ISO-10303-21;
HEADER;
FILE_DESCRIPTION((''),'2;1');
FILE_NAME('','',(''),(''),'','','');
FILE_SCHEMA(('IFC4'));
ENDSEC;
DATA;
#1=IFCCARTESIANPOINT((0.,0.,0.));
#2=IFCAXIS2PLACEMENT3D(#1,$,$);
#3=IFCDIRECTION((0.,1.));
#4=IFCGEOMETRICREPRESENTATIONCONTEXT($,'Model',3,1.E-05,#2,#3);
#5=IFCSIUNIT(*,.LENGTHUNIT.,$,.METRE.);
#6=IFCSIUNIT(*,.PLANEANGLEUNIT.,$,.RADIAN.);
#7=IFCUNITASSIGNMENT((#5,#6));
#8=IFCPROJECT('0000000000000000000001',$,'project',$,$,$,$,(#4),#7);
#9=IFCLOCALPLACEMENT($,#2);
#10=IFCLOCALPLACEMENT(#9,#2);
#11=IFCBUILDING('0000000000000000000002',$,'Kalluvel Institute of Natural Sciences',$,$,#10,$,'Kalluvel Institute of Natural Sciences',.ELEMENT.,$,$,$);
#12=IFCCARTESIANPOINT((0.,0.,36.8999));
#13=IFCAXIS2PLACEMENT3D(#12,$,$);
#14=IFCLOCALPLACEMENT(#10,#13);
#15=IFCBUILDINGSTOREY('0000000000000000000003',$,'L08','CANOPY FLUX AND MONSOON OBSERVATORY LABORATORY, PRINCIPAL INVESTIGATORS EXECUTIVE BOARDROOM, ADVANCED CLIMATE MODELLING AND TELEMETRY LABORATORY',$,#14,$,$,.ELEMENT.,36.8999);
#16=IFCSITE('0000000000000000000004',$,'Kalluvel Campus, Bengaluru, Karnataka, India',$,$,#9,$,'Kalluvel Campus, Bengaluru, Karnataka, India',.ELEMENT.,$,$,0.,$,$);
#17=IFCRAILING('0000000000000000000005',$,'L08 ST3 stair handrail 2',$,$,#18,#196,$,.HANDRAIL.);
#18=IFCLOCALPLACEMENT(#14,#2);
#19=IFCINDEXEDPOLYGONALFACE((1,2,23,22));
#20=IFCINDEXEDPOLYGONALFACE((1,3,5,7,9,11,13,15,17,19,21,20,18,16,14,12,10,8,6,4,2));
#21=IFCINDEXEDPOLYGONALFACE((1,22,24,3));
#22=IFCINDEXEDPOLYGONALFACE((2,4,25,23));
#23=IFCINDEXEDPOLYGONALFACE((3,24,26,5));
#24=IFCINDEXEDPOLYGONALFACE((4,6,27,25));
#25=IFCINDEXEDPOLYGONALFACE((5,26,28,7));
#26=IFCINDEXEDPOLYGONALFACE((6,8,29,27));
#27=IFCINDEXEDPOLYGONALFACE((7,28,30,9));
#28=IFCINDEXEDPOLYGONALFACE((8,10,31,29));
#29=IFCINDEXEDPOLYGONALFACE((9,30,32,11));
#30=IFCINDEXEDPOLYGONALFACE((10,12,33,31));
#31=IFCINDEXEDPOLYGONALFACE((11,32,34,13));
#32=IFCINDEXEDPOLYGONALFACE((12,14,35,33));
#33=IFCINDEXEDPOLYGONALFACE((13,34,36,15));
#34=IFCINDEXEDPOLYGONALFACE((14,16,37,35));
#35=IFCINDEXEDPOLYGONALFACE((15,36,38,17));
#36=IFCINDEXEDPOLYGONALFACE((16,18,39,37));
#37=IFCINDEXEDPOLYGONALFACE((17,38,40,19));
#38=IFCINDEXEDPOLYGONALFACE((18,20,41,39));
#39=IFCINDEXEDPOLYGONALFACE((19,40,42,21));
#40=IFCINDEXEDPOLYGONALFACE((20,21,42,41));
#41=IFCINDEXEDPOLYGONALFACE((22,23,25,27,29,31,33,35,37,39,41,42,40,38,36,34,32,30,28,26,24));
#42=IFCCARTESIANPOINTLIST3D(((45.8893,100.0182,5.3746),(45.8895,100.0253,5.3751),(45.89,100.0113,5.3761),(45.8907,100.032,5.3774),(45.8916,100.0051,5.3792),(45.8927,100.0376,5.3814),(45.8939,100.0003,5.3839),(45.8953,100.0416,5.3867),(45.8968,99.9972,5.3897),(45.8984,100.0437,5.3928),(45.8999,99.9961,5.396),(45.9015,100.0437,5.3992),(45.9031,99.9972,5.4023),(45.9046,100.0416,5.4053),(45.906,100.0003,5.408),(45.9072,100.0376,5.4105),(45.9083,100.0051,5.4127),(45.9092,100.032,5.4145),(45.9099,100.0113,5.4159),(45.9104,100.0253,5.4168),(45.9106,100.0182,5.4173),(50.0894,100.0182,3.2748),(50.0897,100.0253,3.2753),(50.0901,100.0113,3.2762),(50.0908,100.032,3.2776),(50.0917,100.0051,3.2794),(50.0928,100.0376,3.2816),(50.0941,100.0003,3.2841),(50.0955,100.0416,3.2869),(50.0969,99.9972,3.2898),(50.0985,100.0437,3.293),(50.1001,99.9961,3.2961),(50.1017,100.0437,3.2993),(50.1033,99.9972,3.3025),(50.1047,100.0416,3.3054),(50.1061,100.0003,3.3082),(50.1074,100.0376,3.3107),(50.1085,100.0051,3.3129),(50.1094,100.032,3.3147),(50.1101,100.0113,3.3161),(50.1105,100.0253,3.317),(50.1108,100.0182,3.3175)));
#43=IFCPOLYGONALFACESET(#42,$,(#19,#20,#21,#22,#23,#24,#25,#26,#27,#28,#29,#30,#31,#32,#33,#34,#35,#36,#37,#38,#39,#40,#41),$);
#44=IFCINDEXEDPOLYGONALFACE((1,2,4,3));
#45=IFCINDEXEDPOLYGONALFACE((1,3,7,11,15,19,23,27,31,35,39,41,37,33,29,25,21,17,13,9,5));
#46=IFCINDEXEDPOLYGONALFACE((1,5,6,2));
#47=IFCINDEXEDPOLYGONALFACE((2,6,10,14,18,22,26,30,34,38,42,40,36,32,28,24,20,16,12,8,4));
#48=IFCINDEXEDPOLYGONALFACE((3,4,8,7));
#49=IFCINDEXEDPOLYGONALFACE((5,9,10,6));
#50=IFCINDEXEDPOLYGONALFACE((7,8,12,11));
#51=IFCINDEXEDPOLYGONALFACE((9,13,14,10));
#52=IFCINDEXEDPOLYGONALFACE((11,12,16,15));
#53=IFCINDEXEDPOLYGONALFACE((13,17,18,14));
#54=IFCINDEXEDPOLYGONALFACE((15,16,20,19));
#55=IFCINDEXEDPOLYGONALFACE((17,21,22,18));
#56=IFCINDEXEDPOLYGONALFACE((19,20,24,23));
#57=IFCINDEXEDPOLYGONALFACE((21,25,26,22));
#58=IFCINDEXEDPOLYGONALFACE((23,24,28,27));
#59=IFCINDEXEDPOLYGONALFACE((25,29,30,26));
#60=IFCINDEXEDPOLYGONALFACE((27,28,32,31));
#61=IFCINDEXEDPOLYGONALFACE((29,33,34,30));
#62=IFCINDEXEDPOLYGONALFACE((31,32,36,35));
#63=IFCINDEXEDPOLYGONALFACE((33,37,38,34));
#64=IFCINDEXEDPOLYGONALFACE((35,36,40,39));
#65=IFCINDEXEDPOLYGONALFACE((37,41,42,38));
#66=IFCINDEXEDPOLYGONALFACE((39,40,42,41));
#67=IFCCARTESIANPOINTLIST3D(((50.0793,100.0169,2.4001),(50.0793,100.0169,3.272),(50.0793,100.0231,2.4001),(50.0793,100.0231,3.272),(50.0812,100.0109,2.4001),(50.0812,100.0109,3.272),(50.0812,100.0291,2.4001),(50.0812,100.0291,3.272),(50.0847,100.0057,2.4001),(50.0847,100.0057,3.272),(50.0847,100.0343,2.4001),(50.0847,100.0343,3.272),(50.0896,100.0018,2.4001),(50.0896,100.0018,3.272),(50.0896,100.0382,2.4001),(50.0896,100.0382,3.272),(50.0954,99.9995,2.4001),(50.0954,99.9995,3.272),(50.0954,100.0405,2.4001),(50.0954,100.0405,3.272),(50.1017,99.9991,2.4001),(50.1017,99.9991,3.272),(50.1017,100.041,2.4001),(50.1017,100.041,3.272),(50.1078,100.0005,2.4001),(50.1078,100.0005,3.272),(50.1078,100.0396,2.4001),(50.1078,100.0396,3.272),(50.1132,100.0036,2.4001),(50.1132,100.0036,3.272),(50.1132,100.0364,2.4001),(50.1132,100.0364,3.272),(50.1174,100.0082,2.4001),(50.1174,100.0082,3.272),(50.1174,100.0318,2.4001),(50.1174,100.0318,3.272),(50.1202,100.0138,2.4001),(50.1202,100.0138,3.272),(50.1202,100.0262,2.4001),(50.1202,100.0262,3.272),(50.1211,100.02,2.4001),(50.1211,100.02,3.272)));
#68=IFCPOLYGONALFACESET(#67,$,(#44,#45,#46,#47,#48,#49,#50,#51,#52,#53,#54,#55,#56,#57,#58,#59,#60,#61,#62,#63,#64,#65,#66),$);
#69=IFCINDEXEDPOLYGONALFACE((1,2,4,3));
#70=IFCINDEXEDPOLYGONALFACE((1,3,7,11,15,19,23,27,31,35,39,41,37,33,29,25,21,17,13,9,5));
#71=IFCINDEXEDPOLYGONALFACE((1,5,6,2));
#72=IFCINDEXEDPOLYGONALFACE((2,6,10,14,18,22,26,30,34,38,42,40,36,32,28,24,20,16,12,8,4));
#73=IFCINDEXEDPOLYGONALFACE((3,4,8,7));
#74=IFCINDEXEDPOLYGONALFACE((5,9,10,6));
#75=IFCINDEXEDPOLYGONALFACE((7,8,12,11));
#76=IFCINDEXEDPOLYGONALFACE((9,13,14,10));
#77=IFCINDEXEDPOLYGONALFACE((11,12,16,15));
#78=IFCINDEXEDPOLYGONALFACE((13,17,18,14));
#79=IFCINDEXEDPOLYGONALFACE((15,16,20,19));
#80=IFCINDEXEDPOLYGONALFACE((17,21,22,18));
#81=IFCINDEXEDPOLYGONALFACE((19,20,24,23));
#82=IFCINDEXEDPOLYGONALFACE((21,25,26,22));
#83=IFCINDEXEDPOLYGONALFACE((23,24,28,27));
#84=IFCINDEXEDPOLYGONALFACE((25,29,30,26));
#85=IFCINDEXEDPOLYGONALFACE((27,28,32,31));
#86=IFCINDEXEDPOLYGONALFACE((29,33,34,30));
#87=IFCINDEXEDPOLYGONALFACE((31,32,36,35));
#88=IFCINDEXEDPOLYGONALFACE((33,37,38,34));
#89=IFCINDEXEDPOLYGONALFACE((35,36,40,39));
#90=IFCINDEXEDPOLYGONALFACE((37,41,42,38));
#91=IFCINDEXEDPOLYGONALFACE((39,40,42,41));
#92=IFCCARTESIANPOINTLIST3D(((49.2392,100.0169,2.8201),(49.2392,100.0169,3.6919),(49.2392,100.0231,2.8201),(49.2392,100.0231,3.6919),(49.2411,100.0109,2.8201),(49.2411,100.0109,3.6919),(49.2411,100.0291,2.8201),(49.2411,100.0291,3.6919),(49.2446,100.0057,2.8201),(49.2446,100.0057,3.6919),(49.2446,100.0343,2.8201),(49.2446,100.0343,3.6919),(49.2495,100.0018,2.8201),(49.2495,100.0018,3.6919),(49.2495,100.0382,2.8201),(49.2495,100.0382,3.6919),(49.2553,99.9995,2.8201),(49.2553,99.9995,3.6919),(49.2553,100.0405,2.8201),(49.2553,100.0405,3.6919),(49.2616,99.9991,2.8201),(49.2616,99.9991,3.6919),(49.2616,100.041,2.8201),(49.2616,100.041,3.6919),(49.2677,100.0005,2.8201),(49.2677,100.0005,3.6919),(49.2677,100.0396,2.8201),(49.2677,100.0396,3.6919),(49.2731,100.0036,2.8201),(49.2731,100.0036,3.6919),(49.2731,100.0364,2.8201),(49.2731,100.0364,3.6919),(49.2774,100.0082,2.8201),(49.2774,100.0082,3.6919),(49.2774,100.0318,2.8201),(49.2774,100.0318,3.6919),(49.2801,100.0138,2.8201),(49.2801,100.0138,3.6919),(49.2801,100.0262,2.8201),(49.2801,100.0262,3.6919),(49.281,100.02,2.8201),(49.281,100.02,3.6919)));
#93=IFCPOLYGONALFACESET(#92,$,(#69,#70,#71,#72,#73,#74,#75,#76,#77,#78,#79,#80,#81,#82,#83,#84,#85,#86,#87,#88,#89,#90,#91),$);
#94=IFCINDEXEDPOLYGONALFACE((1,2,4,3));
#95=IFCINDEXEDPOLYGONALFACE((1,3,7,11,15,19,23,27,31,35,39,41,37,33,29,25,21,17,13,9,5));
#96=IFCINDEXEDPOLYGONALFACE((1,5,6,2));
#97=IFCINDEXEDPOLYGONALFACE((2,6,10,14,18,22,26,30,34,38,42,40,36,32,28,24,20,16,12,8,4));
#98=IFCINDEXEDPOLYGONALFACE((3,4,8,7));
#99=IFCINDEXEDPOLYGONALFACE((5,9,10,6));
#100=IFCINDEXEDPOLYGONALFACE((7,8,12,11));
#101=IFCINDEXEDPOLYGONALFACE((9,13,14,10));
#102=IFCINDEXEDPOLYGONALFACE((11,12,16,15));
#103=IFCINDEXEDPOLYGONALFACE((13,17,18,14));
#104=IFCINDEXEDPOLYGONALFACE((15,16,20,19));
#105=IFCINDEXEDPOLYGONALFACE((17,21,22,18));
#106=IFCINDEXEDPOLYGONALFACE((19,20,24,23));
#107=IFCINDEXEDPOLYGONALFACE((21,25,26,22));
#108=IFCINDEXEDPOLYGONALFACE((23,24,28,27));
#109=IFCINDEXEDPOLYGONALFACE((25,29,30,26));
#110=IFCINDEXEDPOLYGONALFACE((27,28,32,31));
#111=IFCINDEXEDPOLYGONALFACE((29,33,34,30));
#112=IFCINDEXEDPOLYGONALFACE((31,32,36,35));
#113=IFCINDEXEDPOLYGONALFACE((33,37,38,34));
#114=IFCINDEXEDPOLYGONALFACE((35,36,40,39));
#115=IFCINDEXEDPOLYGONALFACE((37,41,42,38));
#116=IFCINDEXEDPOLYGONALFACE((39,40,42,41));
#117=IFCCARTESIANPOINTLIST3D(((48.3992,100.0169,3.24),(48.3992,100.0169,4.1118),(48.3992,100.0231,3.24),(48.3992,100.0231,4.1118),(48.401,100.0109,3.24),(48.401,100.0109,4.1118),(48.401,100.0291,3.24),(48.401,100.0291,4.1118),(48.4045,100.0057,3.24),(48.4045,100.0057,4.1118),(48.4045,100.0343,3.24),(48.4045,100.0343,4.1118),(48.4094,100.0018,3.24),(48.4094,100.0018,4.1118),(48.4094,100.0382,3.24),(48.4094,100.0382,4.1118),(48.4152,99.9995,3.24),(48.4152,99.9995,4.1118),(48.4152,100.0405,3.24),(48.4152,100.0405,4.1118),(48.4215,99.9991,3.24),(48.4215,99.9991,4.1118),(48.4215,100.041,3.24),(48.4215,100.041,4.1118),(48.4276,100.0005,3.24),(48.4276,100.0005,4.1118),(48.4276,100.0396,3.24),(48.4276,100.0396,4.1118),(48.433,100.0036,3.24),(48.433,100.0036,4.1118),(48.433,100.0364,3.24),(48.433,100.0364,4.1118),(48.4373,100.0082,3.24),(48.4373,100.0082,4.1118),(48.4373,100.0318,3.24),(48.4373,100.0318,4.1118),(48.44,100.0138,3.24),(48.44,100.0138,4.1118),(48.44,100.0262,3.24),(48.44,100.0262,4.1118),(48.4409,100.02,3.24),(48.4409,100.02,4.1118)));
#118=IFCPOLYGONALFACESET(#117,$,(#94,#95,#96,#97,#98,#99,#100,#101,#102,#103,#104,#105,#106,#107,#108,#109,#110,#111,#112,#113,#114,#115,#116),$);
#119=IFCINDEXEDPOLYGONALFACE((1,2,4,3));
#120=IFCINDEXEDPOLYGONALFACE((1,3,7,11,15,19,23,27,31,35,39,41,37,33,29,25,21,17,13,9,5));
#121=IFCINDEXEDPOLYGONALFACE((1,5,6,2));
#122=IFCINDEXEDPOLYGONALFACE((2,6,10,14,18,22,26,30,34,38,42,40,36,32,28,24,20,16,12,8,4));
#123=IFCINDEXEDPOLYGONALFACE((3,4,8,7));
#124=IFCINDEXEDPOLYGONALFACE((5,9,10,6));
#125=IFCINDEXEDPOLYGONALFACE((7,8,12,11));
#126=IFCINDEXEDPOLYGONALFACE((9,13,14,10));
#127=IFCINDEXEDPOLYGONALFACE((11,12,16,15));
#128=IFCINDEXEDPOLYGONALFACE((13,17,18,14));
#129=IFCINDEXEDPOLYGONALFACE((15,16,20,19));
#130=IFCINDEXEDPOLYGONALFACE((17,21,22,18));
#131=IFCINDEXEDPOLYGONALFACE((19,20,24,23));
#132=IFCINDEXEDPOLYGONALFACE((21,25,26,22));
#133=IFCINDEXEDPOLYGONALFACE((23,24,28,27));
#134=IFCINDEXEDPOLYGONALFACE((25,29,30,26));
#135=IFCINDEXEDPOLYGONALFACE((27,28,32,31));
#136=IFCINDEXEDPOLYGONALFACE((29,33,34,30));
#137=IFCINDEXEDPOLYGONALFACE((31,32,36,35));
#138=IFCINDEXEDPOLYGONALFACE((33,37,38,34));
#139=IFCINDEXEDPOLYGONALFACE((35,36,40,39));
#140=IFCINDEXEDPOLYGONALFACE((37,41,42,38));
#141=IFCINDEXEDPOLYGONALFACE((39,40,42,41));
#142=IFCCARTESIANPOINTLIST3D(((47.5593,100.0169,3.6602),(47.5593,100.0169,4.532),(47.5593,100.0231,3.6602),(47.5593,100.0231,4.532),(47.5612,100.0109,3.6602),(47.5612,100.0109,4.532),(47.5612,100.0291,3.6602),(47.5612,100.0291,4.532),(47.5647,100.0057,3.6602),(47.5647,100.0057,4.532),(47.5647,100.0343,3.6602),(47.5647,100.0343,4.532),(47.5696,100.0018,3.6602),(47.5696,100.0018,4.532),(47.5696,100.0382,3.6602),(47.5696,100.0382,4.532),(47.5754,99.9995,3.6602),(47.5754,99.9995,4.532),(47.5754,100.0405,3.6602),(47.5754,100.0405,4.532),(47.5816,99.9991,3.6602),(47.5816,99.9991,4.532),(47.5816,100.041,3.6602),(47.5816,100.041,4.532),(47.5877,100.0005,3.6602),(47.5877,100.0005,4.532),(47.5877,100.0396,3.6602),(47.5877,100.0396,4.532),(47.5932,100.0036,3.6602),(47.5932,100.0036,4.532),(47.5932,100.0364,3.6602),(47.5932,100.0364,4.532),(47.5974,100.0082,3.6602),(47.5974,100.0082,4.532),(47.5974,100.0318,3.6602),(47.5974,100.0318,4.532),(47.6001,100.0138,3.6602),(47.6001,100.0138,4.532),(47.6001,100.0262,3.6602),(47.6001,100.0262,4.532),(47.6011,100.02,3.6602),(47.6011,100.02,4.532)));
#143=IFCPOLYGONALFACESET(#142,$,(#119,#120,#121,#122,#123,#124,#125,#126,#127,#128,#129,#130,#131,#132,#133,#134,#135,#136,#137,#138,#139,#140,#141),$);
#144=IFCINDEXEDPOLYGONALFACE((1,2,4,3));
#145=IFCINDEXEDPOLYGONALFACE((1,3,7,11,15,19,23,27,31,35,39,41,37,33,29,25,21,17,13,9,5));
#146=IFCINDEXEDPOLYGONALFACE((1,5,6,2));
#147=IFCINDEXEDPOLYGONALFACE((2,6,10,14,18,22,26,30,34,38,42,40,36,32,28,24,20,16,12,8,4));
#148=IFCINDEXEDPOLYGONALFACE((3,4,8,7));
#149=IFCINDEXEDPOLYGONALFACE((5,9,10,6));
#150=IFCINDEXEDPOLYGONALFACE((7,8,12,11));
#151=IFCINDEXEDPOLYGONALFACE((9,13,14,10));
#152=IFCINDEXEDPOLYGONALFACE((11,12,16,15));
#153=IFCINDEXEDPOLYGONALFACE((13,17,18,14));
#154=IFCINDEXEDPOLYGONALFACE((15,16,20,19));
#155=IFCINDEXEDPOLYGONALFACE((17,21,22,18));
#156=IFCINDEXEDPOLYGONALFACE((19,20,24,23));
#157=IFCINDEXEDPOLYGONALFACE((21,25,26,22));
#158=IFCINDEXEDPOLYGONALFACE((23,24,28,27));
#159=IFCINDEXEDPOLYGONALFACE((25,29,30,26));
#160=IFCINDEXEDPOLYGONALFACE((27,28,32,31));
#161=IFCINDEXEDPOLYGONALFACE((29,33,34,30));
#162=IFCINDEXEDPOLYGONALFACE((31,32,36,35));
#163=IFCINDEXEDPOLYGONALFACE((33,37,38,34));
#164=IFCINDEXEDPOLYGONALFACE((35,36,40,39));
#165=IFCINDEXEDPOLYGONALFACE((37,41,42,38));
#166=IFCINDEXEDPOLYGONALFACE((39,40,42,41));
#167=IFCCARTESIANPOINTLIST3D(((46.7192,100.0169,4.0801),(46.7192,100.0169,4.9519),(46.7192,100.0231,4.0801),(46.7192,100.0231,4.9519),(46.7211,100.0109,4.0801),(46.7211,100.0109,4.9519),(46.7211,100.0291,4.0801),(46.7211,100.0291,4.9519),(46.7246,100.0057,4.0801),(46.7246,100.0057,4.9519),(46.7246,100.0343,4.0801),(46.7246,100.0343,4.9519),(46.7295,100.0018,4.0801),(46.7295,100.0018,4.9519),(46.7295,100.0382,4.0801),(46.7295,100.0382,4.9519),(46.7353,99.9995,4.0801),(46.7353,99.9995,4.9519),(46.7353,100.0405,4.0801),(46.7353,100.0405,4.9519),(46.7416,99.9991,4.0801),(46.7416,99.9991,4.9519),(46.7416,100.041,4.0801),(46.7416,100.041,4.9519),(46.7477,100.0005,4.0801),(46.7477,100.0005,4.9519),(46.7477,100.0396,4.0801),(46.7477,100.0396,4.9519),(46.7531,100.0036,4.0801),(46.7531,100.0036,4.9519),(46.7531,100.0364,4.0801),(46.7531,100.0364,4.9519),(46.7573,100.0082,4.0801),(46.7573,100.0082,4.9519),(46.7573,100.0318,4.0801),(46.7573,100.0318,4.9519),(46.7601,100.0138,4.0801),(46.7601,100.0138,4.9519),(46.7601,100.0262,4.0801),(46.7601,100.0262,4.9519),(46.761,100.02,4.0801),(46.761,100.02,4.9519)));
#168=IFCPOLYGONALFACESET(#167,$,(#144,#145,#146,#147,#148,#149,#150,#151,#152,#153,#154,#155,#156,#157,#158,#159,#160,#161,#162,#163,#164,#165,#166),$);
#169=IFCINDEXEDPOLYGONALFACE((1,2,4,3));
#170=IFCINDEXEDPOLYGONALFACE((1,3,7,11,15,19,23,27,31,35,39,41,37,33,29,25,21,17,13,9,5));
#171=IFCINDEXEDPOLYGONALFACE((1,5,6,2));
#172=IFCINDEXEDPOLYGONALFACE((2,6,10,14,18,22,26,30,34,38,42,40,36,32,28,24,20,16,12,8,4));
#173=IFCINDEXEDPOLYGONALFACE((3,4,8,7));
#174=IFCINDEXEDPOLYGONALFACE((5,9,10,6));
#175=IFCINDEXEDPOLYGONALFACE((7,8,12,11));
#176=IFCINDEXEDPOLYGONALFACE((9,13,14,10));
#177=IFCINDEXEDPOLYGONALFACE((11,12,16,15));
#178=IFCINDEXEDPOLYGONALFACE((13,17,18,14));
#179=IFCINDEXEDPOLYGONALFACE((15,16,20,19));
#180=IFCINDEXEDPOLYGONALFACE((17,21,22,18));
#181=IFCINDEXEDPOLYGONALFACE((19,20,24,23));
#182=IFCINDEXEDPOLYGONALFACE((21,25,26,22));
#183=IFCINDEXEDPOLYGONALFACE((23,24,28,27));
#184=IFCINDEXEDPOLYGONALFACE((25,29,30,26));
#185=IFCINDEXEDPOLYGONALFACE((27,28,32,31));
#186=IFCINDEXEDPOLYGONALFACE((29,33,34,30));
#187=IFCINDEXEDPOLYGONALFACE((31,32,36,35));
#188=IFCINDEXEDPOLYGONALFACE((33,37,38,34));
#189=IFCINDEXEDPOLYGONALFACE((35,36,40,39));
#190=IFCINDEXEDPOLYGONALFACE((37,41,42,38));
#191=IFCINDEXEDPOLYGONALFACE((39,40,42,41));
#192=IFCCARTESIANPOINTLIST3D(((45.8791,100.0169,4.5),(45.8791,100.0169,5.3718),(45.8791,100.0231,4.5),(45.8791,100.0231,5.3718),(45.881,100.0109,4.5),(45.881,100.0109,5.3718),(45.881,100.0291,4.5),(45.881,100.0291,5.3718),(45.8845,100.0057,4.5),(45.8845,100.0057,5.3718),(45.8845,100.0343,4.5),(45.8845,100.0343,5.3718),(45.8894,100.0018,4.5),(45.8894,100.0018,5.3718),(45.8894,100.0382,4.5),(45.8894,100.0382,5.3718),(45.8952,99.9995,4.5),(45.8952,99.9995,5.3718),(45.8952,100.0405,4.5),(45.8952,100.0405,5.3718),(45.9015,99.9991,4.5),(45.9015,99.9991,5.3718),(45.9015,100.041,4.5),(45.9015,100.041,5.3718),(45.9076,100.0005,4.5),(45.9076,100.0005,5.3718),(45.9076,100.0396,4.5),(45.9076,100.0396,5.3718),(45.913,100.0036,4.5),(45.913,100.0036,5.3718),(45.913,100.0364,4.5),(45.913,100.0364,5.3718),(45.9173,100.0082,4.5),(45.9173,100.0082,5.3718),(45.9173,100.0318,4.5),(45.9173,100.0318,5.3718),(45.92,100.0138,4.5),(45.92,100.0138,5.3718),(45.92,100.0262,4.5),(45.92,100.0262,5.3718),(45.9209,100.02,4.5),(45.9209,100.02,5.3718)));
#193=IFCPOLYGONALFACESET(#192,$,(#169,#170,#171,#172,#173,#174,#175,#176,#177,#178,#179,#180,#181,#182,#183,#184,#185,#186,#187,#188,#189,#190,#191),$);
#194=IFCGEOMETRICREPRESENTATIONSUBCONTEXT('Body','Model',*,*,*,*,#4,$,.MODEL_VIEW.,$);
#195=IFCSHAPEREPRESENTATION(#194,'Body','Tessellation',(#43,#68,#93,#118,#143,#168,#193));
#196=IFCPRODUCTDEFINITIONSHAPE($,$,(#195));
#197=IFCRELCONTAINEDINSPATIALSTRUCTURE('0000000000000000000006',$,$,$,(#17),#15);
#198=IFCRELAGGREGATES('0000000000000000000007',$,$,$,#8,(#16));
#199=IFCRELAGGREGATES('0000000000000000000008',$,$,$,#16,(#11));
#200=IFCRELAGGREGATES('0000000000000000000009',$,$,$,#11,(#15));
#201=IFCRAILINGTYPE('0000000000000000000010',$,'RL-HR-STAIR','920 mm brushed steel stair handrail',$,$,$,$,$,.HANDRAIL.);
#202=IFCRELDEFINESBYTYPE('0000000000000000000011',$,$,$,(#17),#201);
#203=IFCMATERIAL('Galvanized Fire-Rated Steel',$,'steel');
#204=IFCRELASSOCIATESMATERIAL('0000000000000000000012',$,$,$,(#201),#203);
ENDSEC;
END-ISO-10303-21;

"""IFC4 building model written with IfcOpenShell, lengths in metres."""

from ifc_helpers import new_model, si_unit, direction, frame, origin, origin_2d, place, context, subcontext, project, spatial, circle, extrude, material, type_object, element, save


model = new_model("IFC4")

# Units and contexts
model_context = context("Model", 3, precision=1e-05, world=origin(), true_north=direction((0.0, 1.0)))
body_context = subcontext(model_context, "Body", "Model", "MODEL_VIEW")
ifc_project = project(units=[si_unit("LENGTHUNIT", "METRE"), si_unit("PLANEANGLEUNIT", "RADIAN")], contexts=[model_context])

# Site, building, storey
site_placement = place(None, origin())
site = spatial("IfcSite", under=ifc_project, at=site_placement, Name="Kalluvel Campus, Bengaluru, Karnataka, India", LongName="Kalluvel Campus, Bengaluru, Karnataka, India", CompositionType="ELEMENT", RefElevation=0.0)
building_placement = place(site_placement, origin())
building = spatial("IfcBuilding", under=site, at=building_placement, Name="Kalluvel Institute of Natural Sciences", LongName="Kalluvel Institute of Natural Sciences", CompositionType="ELEMENT")
storey_placement = place(building_placement, frame((0.0, 0.0, 36.8999)))
storey = spatial("IfcBuildingStorey", under=building, at=storey_placement, Name="L08", Description="CANOPY FLUX AND MONSOON OBSERVATORY LABORATORY, PRINCIPAL INVESTIGATORS EXECUTIVE BOARDROOM, ADVANCED CLIMATE MODELLING AND TELEMETRY LABORATORY", CompositionType="ELEMENT", Elevation=36.8999)

# Shared definitions
ifc_material_1 = material(Name="Galvanized Fire-Rated Steel", Category="steel")

# Railing
railing_type_1 = type_object("IfcRailingType", Name="RL-HR-STAIR", Description="920 mm brushed steel stair handrail", PredefinedType="HANDRAIL", material=ifc_material_1)
railing_1_placement = place(storey_placement, frame((50.1001, 100.02, 2.4001)))
element("IfcRailing", 1, at=railing_1_placement, inside=storey, type_object=railing_type_1, Name="L08 ST3 stair handrail 2", PredefinedType="HANDRAIL", context=body_context, shape_type="SweptSolid", body=[
    extrude(circle(Radius=0.0239, at=origin_2d()), frame((0.0, 0.0, 0.896), z_axis=(-0.894448, 0.0, 0.447172), x_axis=(0.0, -1.0, 0.0)), (0.0, 0.0, 1.0), 4.6958),
    extrude(circle(Radius=0.021, at=origin_2d()), origin(), (0.0, 0.0, 1.0), 0.8718),
    extrude(circle(Radius=0.021, at=origin_2d()), frame((-0.8401, 0.0, 0.4199)), (0.0, 0.0, 1.0), 0.8718),
    extrude(circle(Radius=0.021, at=origin_2d()), frame((-1.6802, 0.0, 0.8398)), (0.0, 0.0, 1.0), 0.8718),
    extrude(circle(Radius=0.021, at=origin_2d()), frame((-2.52, 0.0, 1.26)), (0.0, 0.0, 1.0), 0.8718),
    extrude(circle(Radius=0.021, at=origin_2d()), frame((-3.3601, 0.0, 1.6799)), (0.0, 0.0, 1.0), 0.8718),
    extrude(circle(Radius=0.021, at=origin_2d()), frame((-4.2002, 0.0, 2.0999)), (0.0, 0.0, 1.0), 0.8718),
])

save(model, "model.ifc")
